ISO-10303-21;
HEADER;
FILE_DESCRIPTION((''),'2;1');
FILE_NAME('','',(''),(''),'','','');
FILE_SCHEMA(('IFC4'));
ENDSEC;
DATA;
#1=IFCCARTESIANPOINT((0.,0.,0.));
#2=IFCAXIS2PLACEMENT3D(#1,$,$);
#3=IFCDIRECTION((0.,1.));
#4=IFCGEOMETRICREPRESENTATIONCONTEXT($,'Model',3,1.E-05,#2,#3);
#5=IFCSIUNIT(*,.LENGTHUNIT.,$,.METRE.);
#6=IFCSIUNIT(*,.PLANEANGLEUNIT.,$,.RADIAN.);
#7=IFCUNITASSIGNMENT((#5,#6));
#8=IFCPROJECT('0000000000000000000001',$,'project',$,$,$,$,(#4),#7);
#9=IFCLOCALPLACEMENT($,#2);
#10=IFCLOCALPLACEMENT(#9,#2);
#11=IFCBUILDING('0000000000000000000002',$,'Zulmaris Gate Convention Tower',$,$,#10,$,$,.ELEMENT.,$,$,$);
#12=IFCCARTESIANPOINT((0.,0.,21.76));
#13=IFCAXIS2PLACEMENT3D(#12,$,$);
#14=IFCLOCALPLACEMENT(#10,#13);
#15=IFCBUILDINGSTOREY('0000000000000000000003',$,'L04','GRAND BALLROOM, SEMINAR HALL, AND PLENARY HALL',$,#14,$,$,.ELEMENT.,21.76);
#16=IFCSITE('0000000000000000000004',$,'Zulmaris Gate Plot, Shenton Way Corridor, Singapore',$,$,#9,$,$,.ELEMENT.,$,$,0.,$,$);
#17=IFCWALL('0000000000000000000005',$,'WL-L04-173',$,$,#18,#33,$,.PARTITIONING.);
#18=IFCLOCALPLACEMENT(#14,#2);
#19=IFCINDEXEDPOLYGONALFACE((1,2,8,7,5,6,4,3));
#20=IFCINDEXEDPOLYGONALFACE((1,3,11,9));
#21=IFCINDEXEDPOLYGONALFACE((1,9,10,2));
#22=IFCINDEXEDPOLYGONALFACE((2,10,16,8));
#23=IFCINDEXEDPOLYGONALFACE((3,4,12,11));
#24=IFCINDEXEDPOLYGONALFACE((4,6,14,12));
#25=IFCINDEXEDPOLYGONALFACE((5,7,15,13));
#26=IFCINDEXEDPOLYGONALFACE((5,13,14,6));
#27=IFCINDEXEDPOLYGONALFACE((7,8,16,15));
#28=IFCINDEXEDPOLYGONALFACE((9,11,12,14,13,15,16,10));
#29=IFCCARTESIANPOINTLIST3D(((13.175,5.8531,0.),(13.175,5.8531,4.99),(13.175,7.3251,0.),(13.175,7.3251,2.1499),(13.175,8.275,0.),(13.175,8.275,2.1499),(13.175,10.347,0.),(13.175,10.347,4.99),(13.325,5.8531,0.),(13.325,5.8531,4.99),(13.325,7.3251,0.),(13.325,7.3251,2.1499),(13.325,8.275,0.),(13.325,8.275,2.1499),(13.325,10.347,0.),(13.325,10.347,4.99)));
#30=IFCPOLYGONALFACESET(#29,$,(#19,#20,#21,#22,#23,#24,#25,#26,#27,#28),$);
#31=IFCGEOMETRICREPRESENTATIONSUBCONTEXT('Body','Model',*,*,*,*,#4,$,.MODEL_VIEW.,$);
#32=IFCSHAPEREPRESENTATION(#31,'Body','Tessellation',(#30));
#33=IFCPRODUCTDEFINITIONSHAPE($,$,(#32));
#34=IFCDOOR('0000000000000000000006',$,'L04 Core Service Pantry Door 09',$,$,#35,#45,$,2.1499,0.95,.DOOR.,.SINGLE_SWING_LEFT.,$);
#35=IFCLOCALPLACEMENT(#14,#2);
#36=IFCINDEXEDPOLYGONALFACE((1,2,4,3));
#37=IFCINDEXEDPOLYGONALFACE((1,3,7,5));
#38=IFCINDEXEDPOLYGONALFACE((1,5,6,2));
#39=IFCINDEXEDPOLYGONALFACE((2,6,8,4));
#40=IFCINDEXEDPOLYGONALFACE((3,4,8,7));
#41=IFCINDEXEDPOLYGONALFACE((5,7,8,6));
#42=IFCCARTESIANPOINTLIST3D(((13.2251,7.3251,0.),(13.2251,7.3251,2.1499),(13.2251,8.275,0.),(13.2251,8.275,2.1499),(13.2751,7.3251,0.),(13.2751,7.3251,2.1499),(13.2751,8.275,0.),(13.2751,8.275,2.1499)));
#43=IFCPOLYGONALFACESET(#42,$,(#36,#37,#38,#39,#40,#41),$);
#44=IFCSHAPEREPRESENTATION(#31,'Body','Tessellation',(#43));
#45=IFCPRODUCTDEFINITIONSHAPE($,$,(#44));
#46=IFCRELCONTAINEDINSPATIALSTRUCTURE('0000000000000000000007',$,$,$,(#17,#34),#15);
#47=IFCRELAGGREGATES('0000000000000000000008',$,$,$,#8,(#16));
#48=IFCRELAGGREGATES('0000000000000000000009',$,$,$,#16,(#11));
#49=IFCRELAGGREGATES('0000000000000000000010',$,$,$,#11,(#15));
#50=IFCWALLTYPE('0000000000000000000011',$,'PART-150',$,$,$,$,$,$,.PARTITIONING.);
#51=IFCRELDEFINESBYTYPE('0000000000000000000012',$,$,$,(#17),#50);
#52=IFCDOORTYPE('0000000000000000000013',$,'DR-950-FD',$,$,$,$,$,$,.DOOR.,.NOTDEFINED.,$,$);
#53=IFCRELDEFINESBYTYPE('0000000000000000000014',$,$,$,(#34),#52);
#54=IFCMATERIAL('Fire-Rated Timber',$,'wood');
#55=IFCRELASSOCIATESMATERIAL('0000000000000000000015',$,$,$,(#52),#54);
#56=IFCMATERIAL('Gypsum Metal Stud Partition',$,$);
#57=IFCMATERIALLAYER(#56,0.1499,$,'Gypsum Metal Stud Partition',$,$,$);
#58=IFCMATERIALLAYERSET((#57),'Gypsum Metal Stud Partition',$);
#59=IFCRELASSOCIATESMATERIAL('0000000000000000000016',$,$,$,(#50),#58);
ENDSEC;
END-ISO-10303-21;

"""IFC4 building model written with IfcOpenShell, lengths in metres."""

from ifc_helpers import new_model, si_unit, direction, frame, frame_2d, origin, place, context, subcontext, project, spatial, rectangle, extrude, material, layer, layer_set, type_object, element, fill, save


model = new_model("IFC4")

# Units and contexts
model_context = context("Model", 3, precision=1e-05, world=origin(), true_north=direction((0.0, 1.0)))
body_context = subcontext(model_context, "Body", "Model", "MODEL_VIEW")
ifc_project = project(units=[si_unit("LENGTHUNIT", "METRE"), si_unit("PLANEANGLEUNIT", "RADIAN")], contexts=[model_context])

# Site, building, storey
site_placement = place(None, origin())
site = spatial("IfcSite", under=ifc_project, at=site_placement, Name="Zulmaris Gate Plot, Shenton Way Corridor, Singapore", CompositionType="ELEMENT", RefElevation=0.0)
building_placement = place(site_placement, origin())
building = spatial("IfcBuilding", under=site, at=building_placement, Name="Zulmaris Gate Convention Tower", CompositionType="ELEMENT")
storey_placement = place(building_placement, frame((0.0, 0.0, 21.76)))
storey = spatial("IfcBuildingStorey", under=building, at=storey_placement, Name="L04", Description="GRAND BALLROOM, SEMINAR HALL, AND PLENARY HALL", CompositionType="ELEMENT", Elevation=21.76)

# Shared definitions
ifc_material_1 = material(Name="Fire-Rated Timber", Category="wood")
door_type_1 = type_object("IfcDoorType", Name="DR-950-FD", OperationType="NOTDEFINED", PredefinedType="DOOR", material=ifc_material_1)

# Shared definitions
ifc_material_2 = material(Name="Gypsum Metal Stud Partition")
ifc_layer_1 = layer(ifc_material_2, 0.1499, Name="Gypsum Metal Stud Partition")
ifc_layer_set_1 = layer_set([ifc_layer_1], Name="Gypsum Metal Stud Partition")
wall_type_1 = type_object("IfcWallType", Name="PART-150", PredefinedType="PARTITIONING", material=ifc_layer_set_1)

# Wall, opening, door
wall_1_placement = place(storey_placement, frame((13.25, 5.853, 0.0), z_axis=(0.0, 0.0, 1.0), x_axis=(0.0, 1.0, 0.0)))
wall_1 = element("IfcWall", 1, at=wall_1_placement, inside=storey, type_object=wall_type_1, Name="WL-L04-173", PredefinedType="PARTITIONING", context=body_context, shape_type="SweptSolid", body=[
    extrude(rectangle(XDim=4.4939, YDim=0.1499, at=frame_2d((2.2471, 0.0))), origin(), (0.0, 0.0, 1.0), 4.99),
])
opening_1_placement = place(wall_1_placement, frame((1.4719, 0.0, 0.0)))
opening_1 = element("IfcOpeningElement", 2, at=opening_1_placement, cuts=wall_1, PredefinedType="OPENING", context=body_context, shape_type="SweptSolid", body=[
    extrude(rectangle(XDim=0.95, YDim=2.1499, at=frame_2d((0.4751, 1.075))), frame((0.0, 0.085, 0.0), z_axis=(0.0, -1.0, 0.0), x_axis=(1.0, 0.0, 0.0)), (0.0, 0.0, 1.0), 0.1699),
])
door_1_placement = place(opening_1_placement, origin())
door_1 = element("IfcDoor", 3, at=door_1_placement, inside=storey, type_object=door_type_1, Name="L04 Core Service Pantry Door 09", OperationType="SINGLE_SWING_LEFT", OverallHeight=2.1499, OverallWidth=0.95, PredefinedType="DOOR", context=body_context, shape_type="SweptSolid", body=[
    extrude(rectangle(XDim=0.95, YDim=2.1499, at=frame_2d((0.4751, 1.075))), frame((0.0, 0.0249, 0.0), z_axis=(0.0, -1.0, 0.0), x_axis=(1.0, 0.0, 0.0)), (0.0, 0.0, 1.0), 0.05),
])
fill(opening_1, door_1)

save(model, "model.ifc")
